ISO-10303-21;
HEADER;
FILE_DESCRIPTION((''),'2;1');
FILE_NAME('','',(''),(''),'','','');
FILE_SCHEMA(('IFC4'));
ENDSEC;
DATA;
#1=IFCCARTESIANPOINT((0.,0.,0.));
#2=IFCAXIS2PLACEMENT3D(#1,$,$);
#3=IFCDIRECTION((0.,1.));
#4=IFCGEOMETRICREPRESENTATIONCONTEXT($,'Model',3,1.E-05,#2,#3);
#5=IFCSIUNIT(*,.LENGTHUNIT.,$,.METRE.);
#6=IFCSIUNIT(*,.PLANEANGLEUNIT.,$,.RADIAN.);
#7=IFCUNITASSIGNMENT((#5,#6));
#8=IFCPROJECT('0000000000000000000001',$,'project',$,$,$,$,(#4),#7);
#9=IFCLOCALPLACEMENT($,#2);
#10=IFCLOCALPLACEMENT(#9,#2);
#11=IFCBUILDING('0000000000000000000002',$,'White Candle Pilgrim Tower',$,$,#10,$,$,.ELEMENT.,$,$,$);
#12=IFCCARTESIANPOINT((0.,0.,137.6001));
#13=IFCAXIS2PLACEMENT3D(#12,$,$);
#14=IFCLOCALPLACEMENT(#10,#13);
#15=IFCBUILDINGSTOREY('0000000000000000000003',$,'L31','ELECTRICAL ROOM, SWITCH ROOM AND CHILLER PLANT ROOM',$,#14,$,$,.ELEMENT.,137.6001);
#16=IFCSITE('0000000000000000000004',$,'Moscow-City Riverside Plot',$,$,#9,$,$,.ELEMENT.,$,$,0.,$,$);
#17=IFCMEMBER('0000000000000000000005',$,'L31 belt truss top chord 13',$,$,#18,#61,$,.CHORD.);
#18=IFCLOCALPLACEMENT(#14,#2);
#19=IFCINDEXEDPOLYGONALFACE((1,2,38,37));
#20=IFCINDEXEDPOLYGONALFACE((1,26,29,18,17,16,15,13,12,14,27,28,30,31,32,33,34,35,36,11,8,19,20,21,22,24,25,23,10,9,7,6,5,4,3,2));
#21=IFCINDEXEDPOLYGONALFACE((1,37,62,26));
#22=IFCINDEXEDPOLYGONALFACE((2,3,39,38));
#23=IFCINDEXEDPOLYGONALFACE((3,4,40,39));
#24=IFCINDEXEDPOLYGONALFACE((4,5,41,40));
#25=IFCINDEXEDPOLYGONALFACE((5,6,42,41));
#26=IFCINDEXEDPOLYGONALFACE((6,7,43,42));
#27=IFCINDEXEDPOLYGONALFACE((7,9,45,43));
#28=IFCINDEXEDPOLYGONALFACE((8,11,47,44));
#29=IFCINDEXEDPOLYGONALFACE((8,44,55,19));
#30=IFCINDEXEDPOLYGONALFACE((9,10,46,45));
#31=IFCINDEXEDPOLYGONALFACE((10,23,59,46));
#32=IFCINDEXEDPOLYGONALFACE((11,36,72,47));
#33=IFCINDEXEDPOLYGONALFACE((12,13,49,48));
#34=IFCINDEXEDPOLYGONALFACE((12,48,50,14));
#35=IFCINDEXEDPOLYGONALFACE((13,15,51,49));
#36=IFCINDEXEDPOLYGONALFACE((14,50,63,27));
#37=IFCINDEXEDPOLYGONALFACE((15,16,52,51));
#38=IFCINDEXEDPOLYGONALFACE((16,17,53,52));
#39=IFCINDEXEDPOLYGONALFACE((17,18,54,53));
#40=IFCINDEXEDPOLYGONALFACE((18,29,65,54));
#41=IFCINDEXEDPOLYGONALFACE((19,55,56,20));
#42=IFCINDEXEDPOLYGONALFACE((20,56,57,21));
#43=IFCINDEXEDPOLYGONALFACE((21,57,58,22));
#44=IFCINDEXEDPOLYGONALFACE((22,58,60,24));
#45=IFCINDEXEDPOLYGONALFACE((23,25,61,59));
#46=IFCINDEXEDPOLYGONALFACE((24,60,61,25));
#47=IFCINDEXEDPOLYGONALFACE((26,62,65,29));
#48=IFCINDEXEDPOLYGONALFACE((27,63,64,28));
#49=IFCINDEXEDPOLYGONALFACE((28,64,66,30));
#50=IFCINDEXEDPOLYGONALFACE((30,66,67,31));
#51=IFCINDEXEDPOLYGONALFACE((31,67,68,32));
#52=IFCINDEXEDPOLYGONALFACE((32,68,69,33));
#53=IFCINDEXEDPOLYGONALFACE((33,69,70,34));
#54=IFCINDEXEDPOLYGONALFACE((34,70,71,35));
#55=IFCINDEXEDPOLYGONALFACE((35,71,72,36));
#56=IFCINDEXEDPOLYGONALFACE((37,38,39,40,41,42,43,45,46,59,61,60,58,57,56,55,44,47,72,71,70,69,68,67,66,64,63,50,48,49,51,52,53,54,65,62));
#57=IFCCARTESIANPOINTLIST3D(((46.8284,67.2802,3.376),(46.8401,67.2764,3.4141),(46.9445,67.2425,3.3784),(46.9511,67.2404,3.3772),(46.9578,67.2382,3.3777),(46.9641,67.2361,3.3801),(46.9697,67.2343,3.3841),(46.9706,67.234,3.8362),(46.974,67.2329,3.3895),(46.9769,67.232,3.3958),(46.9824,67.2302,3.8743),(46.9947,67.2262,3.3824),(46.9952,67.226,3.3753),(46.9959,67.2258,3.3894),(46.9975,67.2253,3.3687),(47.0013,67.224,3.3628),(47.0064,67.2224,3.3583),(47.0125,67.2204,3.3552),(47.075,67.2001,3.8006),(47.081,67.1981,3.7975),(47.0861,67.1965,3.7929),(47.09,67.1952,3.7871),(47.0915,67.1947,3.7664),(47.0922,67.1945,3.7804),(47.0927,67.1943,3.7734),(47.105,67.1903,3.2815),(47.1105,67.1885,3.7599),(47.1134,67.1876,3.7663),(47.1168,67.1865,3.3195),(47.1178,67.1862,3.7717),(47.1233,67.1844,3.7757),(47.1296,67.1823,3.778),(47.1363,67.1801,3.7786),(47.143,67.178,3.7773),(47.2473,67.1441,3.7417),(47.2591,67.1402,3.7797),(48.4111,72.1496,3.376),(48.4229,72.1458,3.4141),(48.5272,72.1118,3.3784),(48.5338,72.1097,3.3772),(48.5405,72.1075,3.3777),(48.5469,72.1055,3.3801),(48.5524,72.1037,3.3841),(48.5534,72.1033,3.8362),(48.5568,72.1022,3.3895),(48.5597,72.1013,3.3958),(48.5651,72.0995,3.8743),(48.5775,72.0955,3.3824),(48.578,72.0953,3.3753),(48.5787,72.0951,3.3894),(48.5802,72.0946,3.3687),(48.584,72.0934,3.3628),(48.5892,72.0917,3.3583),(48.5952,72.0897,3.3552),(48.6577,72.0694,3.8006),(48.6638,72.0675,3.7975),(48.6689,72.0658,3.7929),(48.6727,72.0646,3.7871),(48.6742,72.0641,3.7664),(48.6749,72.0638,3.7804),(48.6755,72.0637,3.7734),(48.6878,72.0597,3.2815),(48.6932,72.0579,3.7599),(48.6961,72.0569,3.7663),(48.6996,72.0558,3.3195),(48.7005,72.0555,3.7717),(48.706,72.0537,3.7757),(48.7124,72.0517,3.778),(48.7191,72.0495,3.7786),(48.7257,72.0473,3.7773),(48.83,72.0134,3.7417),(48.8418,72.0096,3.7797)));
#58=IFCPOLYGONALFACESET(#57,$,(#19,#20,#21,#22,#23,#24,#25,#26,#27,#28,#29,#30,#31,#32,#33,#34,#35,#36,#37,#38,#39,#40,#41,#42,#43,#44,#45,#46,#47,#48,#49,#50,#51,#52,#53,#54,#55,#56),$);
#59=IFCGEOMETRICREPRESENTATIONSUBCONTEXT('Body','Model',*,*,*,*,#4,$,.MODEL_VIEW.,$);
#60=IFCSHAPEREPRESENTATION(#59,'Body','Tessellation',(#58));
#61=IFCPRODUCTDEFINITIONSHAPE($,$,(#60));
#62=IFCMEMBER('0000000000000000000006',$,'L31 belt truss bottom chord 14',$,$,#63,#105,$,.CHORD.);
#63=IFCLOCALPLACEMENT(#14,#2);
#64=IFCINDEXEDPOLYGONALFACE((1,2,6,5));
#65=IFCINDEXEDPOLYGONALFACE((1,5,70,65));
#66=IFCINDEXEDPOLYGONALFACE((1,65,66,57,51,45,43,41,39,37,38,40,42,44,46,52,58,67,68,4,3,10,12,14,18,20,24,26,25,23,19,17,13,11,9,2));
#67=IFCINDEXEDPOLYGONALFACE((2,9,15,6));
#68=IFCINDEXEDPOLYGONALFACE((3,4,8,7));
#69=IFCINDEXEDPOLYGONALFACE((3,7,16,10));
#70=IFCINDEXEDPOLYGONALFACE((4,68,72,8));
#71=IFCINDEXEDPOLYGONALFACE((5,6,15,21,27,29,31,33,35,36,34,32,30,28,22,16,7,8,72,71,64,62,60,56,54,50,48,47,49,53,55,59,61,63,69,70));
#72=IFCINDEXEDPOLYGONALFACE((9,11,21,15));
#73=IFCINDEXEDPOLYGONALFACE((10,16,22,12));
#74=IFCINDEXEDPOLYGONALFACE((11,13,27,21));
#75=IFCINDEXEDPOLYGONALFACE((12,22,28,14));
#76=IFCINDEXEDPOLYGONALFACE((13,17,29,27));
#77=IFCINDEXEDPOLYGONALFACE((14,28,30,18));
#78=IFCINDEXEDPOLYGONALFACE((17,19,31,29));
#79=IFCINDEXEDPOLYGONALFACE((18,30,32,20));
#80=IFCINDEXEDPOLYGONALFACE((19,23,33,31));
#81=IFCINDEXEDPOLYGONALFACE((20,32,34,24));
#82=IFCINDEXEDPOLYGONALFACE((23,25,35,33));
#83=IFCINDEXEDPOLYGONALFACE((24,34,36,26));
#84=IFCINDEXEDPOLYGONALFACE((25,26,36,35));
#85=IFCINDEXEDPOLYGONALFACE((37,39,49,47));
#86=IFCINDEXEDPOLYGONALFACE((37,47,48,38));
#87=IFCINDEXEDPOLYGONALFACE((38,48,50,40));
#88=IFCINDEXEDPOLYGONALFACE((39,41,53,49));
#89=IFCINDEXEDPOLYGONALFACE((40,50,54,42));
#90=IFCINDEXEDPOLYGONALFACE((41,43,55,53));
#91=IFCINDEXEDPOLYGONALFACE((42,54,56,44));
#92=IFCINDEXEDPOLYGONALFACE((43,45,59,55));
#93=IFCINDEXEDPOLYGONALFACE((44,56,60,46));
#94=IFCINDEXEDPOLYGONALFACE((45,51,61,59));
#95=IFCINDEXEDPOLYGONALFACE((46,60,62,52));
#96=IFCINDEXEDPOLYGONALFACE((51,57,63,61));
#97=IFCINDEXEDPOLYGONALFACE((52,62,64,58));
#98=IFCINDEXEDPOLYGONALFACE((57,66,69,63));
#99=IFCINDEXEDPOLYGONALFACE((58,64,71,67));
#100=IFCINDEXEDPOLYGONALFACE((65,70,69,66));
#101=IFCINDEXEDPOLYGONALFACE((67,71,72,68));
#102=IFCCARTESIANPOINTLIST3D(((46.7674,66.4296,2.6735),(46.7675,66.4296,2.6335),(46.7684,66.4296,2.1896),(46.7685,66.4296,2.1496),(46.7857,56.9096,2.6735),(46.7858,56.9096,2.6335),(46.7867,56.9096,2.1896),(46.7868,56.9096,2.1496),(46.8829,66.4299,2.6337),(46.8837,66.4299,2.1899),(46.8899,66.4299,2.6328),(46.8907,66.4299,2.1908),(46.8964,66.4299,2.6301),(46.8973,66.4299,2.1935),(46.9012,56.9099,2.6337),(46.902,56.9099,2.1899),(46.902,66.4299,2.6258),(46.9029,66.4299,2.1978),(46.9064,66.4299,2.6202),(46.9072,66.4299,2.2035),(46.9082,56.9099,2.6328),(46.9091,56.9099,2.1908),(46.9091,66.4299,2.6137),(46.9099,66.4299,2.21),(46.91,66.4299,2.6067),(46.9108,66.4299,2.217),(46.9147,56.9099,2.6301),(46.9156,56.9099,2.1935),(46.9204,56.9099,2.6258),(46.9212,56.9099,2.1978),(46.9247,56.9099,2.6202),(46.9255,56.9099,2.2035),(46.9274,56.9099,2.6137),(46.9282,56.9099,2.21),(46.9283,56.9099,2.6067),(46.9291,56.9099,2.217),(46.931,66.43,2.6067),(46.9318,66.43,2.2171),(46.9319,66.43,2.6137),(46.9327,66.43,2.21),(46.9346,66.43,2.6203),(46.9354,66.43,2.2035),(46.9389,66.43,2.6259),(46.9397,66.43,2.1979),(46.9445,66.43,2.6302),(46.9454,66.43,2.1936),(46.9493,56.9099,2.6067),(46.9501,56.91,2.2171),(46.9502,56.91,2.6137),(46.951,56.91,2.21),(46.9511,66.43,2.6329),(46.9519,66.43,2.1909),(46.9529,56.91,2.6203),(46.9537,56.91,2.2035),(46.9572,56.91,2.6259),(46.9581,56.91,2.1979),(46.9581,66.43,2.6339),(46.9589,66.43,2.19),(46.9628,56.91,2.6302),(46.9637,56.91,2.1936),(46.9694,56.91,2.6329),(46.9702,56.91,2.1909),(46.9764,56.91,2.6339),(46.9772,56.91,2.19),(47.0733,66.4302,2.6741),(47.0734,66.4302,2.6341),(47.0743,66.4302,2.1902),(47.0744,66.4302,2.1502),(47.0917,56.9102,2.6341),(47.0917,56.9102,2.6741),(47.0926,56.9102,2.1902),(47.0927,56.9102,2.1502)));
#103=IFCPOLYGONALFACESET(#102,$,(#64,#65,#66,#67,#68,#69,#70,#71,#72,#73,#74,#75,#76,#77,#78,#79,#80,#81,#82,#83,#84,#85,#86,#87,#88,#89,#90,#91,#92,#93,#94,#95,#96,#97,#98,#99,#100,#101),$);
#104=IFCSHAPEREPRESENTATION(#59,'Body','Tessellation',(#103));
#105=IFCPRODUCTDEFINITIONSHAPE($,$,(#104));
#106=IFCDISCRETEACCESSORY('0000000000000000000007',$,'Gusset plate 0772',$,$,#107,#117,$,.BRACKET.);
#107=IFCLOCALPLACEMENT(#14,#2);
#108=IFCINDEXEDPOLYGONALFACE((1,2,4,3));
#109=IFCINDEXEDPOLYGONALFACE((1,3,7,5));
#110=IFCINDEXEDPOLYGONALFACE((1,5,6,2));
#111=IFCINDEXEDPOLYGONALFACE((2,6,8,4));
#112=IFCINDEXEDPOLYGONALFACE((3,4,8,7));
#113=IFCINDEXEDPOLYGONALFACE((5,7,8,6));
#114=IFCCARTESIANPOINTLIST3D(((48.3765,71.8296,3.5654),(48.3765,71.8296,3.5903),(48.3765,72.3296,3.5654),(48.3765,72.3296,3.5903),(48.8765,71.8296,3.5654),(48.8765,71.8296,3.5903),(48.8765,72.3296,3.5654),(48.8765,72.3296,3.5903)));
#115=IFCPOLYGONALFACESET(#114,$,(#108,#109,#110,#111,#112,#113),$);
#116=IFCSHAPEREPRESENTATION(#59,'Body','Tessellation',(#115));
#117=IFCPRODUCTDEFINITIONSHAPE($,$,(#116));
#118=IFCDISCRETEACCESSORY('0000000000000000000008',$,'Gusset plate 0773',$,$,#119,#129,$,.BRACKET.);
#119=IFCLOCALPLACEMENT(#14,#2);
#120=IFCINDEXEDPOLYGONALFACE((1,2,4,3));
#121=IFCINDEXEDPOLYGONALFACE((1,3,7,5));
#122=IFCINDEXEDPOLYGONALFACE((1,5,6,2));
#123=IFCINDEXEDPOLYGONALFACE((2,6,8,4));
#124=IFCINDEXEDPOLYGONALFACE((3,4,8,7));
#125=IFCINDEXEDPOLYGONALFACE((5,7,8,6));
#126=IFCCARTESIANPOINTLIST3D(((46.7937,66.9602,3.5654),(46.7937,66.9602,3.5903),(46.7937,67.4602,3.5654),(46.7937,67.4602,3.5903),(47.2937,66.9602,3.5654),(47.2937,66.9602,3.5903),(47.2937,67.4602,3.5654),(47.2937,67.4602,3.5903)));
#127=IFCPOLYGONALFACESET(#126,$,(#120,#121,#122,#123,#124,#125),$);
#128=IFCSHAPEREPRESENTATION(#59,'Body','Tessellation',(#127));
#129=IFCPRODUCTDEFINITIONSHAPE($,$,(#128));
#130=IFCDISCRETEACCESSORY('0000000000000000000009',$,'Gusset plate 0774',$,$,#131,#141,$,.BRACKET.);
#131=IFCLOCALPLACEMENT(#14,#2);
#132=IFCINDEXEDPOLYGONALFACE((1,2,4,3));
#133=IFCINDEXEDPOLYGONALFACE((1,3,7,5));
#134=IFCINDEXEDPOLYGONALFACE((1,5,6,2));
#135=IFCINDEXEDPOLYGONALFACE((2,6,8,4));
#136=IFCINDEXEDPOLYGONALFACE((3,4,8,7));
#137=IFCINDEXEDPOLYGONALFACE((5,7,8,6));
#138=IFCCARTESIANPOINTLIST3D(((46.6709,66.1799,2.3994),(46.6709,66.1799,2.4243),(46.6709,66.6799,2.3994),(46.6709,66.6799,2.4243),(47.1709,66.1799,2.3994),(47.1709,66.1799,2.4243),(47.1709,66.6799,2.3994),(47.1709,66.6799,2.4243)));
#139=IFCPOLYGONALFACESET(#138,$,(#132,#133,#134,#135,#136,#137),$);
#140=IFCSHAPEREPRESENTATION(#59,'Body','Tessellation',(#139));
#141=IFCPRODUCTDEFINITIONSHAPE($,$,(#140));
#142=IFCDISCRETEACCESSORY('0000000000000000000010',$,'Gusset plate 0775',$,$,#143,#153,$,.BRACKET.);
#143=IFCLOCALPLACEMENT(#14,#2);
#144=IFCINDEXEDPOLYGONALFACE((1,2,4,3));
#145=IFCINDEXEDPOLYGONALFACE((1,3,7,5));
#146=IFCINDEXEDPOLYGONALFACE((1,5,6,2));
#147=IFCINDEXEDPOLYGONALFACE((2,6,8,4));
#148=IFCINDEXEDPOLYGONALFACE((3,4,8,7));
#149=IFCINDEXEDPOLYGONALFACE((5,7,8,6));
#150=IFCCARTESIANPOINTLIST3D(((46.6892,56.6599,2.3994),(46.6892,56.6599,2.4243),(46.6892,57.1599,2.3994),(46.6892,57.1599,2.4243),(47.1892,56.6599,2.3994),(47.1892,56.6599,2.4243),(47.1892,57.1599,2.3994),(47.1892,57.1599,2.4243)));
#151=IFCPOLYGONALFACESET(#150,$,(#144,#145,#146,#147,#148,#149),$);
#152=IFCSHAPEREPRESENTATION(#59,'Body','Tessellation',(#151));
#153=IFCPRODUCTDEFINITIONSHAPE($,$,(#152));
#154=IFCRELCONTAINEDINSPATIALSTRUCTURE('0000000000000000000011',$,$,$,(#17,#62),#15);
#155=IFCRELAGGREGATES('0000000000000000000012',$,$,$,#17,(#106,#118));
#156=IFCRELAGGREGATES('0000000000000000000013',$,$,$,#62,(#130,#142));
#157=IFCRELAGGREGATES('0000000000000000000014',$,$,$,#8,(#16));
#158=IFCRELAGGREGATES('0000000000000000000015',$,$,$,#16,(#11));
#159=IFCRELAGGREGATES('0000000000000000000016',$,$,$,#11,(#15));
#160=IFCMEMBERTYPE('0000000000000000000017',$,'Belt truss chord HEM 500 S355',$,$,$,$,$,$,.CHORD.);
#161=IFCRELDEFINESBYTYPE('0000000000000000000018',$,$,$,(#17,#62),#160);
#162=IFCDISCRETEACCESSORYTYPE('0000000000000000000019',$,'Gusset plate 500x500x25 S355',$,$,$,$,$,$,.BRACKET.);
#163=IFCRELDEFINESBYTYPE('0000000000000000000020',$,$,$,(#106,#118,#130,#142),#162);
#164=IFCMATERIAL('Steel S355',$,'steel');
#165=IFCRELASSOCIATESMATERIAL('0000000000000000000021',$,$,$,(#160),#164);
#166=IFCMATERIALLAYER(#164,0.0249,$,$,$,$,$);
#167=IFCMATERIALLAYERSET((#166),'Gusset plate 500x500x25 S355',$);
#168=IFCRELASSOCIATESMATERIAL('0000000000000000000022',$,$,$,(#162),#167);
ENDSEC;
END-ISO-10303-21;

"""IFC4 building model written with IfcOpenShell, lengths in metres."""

from ifc_helpers import new_model, si_unit, direction, frame, origin, origin_2d, place, context, subcontext, project, spatial, rectangle, i_section, extrude, material, layer, layer_set, material_profile, profile_set, type_object, element, aggregate, save


model = new_model("IFC4")

# Units and contexts
model_context = context("Model", 3, precision=1e-05, world=origin(), true_north=direction((0.0, 1.0)))
body_context = subcontext(model_context, "Body", "Model", "MODEL_VIEW")
ifc_project = project(units=[si_unit("LENGTHUNIT", "METRE"), si_unit("PLANEANGLEUNIT", "RADIAN")], contexts=[model_context])

# Site, building, storey
site_placement = place(None, origin())
site = spatial("IfcSite", under=ifc_project, at=site_placement, Name="Moscow-City Riverside Plot", CompositionType="ELEMENT", RefElevation=0.0)
building_placement = place(site_placement, origin())
building = spatial("IfcBuilding", under=site, at=building_placement, Name="White Candle Pilgrim Tower", CompositionType="ELEMENT")
storey_placement = place(building_placement, frame((0.0, 0.0, 137.6001)))
storey = spatial("IfcBuildingStorey", under=building, at=storey_placement, Name="L31", Description="ELECTRICAL ROOM, SWITCH ROOM AND CHILLER PLANT ROOM", CompositionType="ELEMENT", Elevation=137.6001)

# Members
ifc_material_1 = material(Name="Steel S355", Category="steel")
ifc_material_profile_1 = material_profile(ifc_material_1, i_section(OverallWidth=0.3059, OverallDepth=0.5239, WebThickness=0.021, FlangeThickness=0.04, FilletRadius=0.0271, at=origin_2d()), Name="HEM 500")
ifc_profile_set_1 = profile_set([ifc_material_profile_1], Name="Steel S355")
member_type_1 = type_object("IfcMemberType", Name="Belt truss chord HEM 500 S355", PredefinedType="CHORD", material=ifc_profile_set_1)
member_1_placement = place(storey_placement, frame((48.6265, 72.0796, 3.5779), z_axis=(-0.309124, -0.951022, 0.0), x_axis=(0.904441, -0.293983, -0.309129)))
member_1 = element("IfcMember", 1, at=member_1_placement, inside=storey, type_object=member_type_1, Name="L31 belt truss top chord 13", PredefinedType="CHORD", context=body_context, shape_type="SweptSolid", body=[
    extrude(i_section(OverallWidth=0.3059, OverallDepth=0.5239, WebThickness=0.021, FlangeThickness=0.04, FilletRadius=0.0271, at=origin_2d()), origin(), (0.0, 0.0, 1.0), 5.1201),
])
member_2_placement = place(storey_placement, frame((46.9209, 66.4299, 2.4119), z_axis=(0.001923, -0.999998, 0.0), x_axis=(0.999996, 0.001923, 0.001933)))
member_2 = element("IfcMember", 2, at=member_2_placement, inside=storey, type_object=member_type_1, Name="L31 belt truss bottom chord 14", PredefinedType="CHORD", context=body_context, shape_type="SweptSolid", body=[
    extrude(i_section(OverallWidth=0.3059, OverallDepth=0.5239, WebThickness=0.021, FlangeThickness=0.04, FilletRadius=0.0271, at=origin_2d()), origin(), (0.0, 0.0, 1.0), 9.52),
])

# Discrete accessories
ifc_layer_1 = layer(ifc_material_1, 0.0249)
ifc_layer_set_1 = layer_set([ifc_layer_1], Name="Gusset plate 500x500x25 S355")
discrete_accessory_type = type_object("IfcDiscreteAccessoryType", Name="Gusset plate 500x500x25 S355", PredefinedType="BRACKET", material=ifc_layer_set_1)
discrete_accessory_1_placement = place(storey_placement, frame((48.6265, 72.0796, 3.5654), z_axis=(0.0, 0.0, 1.0), x_axis=(1.0, 0.0, 0.0)))
discrete_accessory_1 = element("IfcDiscreteAccessory", 3, at=discrete_accessory_1_placement, type_object=discrete_accessory_type, Name="Gusset plate 0772", PredefinedType="BRACKET", context=body_context, shape_type="SweptSolid", body=[
    extrude(rectangle(XDim=0.5, YDim=0.5, at=origin_2d()), origin(), (0.0, 0.0, 1.0), 0.0249),
])
discrete_accessory_2_placement = place(storey_placement, frame((47.0437, 67.2102, 3.5654), z_axis=(0.0, 0.0, 1.0), x_axis=(1.0, 0.0, 0.0)))
discrete_accessory_2 = element("IfcDiscreteAccessory", 4, at=discrete_accessory_2_placement, type_object=discrete_accessory_type, Name="Gusset plate 0773", PredefinedType="BRACKET", context=body_context, shape_type="SweptSolid", body=[
    extrude(rectangle(XDim=0.5, YDim=0.5, at=origin_2d()), origin(), (0.0, 0.0, 1.0), 0.0249),
])
aggregate(member_1, [discrete_accessory_1, discrete_accessory_2])
discrete_accessory_3_placement = place(storey_placement, frame((46.9209, 66.4299, 2.3994), z_axis=(0.0, 0.0, 1.0), x_axis=(1.0, 0.0, 0.0)))
discrete_accessory_3 = element("IfcDiscreteAccessory", 5, at=discrete_accessory_3_placement, type_object=discrete_accessory_type, Name="Gusset plate 0774", PredefinedType="BRACKET", context=body_context, shape_type="SweptSolid", body=[
    extrude(rectangle(XDim=0.5, YDim=0.5, at=origin_2d()), origin(), (0.0, 0.0, 1.0), 0.0249),
])
discrete_accessory_4_placement = place(storey_placement, frame((46.9392, 56.9099, 2.3994), z_axis=(0.0, 0.0, 1.0), x_axis=(1.0, 0.0, 0.0)))
discrete_accessory_4 = element("IfcDiscreteAccessory", 6, at=discrete_accessory_4_placement, type_object=discrete_accessory_type, Name="Gusset plate 0775", PredefinedType="BRACKET", context=body_context, shape_type="SweptSolid", body=[
    extrude(rectangle(XDim=0.5, YDim=0.5, at=origin_2d()), origin(), (0.0, 0.0, 1.0), 0.0249),
])
aggregate(member_2, [discrete_accessory_3, discrete_accessory_4])

save(model, "model.ifc")
